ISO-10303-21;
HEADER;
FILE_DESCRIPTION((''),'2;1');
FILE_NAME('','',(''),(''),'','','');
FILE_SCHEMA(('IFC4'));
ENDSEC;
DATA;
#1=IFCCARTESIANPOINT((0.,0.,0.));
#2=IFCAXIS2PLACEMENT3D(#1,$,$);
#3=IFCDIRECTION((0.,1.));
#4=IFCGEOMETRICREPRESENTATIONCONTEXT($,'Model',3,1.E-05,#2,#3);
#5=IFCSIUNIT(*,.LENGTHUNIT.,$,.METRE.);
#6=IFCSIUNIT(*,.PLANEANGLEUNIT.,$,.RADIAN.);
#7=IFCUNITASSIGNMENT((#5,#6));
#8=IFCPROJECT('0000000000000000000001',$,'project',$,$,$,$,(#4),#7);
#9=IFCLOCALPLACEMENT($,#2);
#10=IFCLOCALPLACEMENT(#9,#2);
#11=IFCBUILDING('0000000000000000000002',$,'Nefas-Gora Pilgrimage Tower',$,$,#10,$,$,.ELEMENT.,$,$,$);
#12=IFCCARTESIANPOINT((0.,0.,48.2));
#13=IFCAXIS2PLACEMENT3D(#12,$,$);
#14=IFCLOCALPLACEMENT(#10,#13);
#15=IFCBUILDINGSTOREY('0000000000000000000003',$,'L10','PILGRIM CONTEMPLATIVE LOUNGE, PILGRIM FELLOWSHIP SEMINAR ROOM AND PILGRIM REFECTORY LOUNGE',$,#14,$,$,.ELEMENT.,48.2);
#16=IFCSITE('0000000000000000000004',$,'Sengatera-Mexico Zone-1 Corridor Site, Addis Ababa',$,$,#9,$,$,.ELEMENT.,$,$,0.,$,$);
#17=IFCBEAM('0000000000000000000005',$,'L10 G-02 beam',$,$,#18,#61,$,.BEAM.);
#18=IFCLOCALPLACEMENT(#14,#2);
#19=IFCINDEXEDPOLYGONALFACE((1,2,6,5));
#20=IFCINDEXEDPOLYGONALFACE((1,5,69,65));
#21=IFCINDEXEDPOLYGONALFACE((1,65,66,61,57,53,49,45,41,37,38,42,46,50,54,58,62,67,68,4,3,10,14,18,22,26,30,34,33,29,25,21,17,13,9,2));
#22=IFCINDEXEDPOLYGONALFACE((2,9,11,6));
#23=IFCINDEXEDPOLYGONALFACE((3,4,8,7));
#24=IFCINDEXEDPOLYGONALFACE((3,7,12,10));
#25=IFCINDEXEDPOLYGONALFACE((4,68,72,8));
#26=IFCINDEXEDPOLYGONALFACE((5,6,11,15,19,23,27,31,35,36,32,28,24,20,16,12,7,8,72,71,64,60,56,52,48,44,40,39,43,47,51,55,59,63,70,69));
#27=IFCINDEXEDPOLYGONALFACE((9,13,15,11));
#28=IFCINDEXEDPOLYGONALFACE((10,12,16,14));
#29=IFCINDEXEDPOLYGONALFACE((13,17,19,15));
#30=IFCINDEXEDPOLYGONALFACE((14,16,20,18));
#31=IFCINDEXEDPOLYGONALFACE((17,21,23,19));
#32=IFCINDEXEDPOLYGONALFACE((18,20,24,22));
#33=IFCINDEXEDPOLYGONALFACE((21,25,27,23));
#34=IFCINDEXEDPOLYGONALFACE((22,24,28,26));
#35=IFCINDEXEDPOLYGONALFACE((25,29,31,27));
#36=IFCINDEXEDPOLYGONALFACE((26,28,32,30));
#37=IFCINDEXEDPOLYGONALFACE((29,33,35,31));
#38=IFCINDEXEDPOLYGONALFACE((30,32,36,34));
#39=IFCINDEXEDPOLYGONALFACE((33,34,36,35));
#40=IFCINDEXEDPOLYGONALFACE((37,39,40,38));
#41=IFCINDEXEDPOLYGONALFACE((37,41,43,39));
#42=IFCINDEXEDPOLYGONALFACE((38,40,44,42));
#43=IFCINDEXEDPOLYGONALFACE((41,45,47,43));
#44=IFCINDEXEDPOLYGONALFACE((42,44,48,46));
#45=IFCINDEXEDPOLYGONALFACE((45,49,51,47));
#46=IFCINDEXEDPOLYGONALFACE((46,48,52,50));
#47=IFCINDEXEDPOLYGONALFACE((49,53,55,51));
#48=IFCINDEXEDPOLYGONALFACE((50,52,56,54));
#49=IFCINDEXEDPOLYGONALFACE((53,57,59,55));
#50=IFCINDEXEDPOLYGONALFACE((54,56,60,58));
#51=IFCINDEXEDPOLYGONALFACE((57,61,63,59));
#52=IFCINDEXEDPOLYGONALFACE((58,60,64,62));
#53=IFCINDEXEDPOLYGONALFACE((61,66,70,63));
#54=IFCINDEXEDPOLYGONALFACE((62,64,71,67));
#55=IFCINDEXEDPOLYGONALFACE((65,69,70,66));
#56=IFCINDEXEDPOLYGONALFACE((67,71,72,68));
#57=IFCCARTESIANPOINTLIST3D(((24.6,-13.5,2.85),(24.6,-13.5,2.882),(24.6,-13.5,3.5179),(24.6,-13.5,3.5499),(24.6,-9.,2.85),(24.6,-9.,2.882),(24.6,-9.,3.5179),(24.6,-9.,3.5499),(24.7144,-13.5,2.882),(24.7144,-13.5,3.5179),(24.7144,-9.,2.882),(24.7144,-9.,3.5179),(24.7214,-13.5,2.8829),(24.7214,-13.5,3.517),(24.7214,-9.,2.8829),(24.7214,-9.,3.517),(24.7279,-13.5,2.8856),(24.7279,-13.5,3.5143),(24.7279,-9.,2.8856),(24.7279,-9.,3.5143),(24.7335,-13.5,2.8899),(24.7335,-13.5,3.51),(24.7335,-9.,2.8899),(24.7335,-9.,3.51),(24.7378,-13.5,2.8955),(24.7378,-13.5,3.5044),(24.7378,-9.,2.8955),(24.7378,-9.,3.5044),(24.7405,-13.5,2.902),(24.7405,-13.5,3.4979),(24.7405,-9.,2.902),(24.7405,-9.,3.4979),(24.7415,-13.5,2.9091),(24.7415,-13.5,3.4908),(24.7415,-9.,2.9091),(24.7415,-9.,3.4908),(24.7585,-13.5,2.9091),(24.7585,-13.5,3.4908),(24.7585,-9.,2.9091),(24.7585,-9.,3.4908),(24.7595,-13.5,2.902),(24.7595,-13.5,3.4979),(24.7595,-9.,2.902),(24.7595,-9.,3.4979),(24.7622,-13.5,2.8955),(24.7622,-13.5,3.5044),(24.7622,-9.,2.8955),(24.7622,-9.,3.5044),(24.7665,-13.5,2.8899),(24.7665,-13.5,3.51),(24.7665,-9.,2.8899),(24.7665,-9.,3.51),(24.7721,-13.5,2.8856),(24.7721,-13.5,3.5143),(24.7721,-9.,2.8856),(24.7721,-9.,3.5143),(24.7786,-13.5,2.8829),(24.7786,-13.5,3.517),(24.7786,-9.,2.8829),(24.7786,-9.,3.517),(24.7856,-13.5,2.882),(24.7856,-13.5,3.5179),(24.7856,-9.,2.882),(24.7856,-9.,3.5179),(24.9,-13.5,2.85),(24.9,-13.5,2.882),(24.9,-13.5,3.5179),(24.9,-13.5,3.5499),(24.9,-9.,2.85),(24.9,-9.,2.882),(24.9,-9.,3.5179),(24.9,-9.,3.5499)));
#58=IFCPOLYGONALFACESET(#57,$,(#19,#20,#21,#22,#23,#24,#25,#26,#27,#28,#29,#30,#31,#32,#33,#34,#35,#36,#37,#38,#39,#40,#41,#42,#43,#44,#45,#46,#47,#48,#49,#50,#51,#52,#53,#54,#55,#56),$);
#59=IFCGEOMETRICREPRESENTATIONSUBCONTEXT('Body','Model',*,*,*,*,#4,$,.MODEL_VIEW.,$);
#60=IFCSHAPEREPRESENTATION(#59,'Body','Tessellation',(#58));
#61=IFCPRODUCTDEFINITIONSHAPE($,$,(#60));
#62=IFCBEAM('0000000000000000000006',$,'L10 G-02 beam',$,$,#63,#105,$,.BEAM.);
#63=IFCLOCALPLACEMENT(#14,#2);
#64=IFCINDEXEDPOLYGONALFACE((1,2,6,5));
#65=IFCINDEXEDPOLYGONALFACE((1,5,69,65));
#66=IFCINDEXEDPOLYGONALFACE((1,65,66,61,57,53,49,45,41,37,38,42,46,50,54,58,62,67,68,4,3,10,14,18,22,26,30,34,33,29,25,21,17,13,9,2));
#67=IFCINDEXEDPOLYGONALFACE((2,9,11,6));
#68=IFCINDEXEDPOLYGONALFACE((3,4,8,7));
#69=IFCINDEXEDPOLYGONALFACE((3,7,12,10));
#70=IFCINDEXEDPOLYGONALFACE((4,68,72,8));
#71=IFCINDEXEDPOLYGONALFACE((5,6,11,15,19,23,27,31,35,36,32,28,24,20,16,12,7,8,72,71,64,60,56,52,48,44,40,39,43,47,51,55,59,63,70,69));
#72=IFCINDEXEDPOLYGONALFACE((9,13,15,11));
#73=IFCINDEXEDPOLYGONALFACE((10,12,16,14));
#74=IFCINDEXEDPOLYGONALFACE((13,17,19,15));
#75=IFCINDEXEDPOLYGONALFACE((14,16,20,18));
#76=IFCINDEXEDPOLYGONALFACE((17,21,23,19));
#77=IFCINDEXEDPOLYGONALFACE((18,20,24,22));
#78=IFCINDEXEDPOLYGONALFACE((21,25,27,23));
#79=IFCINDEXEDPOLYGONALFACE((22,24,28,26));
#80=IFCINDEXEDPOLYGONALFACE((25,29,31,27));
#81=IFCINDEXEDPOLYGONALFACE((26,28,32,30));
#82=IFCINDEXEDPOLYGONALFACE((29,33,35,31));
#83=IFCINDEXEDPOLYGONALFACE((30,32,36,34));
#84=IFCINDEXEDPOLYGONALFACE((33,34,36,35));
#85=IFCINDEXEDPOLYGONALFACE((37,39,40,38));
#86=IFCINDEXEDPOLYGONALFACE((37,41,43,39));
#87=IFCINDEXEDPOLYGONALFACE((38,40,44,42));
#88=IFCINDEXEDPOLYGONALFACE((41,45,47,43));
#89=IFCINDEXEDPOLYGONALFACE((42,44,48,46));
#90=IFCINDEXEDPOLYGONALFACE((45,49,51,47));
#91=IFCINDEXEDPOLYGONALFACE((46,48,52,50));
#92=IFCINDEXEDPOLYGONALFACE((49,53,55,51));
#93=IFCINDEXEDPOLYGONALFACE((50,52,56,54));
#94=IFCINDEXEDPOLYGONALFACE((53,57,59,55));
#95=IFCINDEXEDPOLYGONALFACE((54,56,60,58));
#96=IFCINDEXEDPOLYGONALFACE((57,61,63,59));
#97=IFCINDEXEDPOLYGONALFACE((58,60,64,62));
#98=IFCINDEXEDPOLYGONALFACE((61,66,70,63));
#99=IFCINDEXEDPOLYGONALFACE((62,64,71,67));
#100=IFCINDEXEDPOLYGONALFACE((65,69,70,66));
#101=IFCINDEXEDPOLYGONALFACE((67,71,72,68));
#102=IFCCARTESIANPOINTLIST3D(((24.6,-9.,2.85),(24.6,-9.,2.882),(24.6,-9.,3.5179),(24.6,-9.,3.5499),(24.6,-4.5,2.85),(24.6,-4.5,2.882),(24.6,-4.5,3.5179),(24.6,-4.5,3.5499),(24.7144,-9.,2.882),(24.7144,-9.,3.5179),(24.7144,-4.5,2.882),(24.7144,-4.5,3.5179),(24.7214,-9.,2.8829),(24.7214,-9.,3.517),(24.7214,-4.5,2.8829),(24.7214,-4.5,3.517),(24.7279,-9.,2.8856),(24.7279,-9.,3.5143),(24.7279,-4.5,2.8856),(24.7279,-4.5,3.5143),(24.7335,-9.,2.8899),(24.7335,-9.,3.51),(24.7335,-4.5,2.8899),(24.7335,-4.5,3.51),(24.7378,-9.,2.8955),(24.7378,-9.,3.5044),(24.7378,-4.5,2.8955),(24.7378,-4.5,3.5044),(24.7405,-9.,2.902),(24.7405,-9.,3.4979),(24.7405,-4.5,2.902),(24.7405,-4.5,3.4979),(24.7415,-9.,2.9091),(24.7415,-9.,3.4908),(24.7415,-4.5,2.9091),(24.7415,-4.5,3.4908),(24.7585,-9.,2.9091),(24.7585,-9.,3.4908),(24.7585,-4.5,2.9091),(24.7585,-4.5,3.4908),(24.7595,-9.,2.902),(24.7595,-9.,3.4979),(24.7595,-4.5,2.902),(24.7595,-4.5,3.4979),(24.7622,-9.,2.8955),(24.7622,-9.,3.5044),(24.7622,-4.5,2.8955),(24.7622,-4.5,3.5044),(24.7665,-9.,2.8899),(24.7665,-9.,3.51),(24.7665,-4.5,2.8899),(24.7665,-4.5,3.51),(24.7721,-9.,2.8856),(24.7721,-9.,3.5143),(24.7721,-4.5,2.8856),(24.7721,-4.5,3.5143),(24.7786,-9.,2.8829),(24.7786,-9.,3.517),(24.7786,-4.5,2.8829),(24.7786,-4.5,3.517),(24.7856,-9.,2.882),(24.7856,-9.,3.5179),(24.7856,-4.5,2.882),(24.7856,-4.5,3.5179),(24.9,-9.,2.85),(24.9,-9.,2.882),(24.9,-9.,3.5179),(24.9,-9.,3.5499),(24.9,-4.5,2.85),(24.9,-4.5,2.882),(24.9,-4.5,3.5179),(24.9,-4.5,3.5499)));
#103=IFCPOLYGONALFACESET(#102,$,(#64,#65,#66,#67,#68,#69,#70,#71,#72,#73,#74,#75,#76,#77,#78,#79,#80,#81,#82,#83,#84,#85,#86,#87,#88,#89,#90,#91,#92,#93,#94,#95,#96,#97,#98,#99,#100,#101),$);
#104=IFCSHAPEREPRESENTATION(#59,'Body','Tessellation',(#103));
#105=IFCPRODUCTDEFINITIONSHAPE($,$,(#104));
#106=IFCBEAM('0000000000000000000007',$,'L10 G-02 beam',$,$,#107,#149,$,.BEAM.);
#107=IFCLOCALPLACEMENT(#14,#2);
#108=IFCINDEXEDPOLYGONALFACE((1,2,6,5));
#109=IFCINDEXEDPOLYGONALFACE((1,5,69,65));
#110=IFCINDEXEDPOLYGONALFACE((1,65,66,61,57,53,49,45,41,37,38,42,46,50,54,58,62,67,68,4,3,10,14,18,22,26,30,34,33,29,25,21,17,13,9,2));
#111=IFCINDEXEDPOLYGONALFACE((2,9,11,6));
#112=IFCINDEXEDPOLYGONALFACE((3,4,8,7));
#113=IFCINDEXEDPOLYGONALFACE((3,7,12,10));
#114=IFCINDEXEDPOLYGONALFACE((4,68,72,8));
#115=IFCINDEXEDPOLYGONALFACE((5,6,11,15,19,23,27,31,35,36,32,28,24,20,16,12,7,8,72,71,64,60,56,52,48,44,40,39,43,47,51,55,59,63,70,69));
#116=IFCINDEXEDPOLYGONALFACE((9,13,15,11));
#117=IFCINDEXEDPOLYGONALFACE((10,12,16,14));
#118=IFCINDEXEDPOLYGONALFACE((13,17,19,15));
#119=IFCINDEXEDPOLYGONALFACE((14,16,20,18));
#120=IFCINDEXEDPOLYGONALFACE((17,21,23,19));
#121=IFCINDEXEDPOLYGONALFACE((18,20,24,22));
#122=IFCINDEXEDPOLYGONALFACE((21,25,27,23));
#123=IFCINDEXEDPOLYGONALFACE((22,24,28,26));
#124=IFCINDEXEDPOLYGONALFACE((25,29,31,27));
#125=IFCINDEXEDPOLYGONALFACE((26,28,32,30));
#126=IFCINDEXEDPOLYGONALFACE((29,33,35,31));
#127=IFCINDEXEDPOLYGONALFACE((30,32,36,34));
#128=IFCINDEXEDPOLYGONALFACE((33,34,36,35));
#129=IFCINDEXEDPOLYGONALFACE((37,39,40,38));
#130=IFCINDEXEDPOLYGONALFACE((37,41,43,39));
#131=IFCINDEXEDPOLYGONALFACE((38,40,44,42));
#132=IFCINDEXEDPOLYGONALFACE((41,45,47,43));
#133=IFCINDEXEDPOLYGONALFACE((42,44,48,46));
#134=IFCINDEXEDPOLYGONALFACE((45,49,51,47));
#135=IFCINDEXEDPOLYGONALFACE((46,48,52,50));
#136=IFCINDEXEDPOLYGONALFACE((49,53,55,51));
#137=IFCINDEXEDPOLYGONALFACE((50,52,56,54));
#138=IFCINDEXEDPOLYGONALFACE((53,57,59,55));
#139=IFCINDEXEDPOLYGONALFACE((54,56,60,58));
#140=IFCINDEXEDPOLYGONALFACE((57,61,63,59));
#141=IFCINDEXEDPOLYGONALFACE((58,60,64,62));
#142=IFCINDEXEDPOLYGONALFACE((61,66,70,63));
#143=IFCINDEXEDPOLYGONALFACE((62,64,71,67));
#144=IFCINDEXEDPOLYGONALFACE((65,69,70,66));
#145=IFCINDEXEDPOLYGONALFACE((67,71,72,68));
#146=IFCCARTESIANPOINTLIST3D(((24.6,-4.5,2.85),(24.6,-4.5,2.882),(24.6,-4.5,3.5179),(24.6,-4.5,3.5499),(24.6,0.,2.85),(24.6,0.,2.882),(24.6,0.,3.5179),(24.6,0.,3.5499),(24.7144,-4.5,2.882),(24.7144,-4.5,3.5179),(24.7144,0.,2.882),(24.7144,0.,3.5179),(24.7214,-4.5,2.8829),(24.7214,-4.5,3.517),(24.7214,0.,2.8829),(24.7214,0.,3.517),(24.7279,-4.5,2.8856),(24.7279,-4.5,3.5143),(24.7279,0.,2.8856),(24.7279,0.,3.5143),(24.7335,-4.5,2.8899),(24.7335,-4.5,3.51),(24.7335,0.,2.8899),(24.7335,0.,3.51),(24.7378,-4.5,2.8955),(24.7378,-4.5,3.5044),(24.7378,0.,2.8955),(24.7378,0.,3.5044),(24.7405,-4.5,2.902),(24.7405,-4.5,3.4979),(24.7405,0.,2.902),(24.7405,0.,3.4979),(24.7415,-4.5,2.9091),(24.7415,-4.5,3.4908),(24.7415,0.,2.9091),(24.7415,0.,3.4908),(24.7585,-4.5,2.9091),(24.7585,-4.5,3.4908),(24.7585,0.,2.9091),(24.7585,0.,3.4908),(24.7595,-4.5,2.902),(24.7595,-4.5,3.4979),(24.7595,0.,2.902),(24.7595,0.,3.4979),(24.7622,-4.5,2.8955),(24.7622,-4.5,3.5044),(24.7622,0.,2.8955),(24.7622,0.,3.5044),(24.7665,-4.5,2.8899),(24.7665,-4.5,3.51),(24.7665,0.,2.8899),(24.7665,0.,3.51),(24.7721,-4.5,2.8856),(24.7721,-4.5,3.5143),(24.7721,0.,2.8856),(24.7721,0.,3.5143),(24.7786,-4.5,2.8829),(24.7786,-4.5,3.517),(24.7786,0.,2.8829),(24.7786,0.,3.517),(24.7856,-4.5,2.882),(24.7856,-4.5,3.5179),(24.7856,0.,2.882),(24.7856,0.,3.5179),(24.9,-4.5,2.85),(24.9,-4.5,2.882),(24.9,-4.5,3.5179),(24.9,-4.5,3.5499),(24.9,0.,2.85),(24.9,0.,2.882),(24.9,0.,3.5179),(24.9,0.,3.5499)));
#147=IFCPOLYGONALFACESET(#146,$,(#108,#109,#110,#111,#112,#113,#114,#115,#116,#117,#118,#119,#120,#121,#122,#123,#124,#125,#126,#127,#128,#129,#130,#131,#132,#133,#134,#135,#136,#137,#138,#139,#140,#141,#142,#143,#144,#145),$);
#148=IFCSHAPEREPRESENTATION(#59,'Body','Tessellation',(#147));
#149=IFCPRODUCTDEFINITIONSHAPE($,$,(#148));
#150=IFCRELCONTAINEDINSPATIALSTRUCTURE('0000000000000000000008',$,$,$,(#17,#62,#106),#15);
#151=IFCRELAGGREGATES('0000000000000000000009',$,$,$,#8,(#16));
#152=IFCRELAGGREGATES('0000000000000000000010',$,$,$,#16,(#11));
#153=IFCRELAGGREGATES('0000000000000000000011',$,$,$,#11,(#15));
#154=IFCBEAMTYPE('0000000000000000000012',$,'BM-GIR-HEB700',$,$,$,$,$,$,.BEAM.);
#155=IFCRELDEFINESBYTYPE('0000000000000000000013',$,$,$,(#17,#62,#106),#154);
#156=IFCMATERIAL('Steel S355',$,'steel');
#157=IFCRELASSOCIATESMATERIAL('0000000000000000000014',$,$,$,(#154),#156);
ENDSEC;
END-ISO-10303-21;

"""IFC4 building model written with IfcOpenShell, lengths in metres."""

from ifc_helpers import new_model, si_unit, direction, frame, origin, origin_2d, place, context, subcontext, project, spatial, i_section, extrude, source, transform, mapped, material, material_profile, profile_set, type_object, element, save


model = new_model("IFC4")

# Units and contexts
model_context = context("Model", 3, precision=1e-05, world=origin(), true_north=direction((0.0, 1.0)))
body_context = subcontext(model_context, "Body", "Model", "MODEL_VIEW")
ifc_project = project(units=[si_unit("LENGTHUNIT", "METRE"), si_unit("PLANEANGLEUNIT", "RADIAN")], contexts=[model_context])

# Site, building, storey
site_placement = place(None, origin())
site = spatial("IfcSite", under=ifc_project, at=site_placement, Name="Sengatera-Mexico Zone-1 Corridor Site, Addis Ababa", CompositionType="ELEMENT", RefElevation=0.0)
building_placement = place(site_placement, origin())
building = spatial("IfcBuilding", under=site, at=building_placement, Name="Nefas-Gora Pilgrimage Tower", CompositionType="ELEMENT")
storey_placement = place(building_placement, frame((0.0, 0.0, 48.2)))
storey = spatial("IfcBuildingStorey", under=building, at=storey_placement, Name="L10", Description="PILGRIM CONTEMPLATIVE LOUNGE, PILGRIM FELLOWSHIP SEMINAR ROOM AND PILGRIM REFECTORY LOUNGE", CompositionType="ELEMENT", Elevation=48.2)

# Beams
ifc_material_1 = material(Name="Steel S355", Category="steel")
ifc_material_profile_1 = material_profile(ifc_material_1, i_section(OverallWidth=0.3, OverallDepth=0.7, WebThickness=0.0171, FlangeThickness=0.032, FilletRadius=0.0271, at=origin_2d()), Name="HEB 700")
ifc_profile_set_1 = profile_set([ifc_material_profile_1], Name="Steel S355")
beam_type_1 = type_object("IfcBeamType", Name="BM-GIR-HEB700", PredefinedType="BEAM", material=ifc_profile_set_1)
shared_shape_1 = source(origin(), body_context, "Body", "SweptSolid", [
    extrude(i_section(OverallWidth=0.3, OverallDepth=0.7, WebThickness=0.0171, FlangeThickness=0.032, FilletRadius=0.0271, at=origin_2d()), origin(), (0.0, 0.0, 1.0), 4.5),
])
for number, where, z_axis, x_axis, name in (
    (1, (24.75, -13.5, 3.2), (0.0, 1.0, 0.0), (-1.0, 0.0, 0.0), "L10 G-02 beam"),
    (2, (24.75, -9.0, 3.2), (0.0, 1.0, 0.0), (-1.0, 0.0, 0.0), "L10 G-02 beam"),
    (3, (24.75, -4.5, 3.2), (0.0, 1.0, 0.0), (-1.0, 0.0, 0.0), "L10 G-02 beam"),
):
    element("IfcBeam", number, at=place(storey_placement, frame(where, z_axis=z_axis, x_axis=x_axis)), inside=storey, type_object=beam_type_1, Name=name, PredefinedType="BEAM", context=body_context, shape_type="MappedRepresentation", body=[
        mapped(shared_shape_1, transform((0.0, 0.0, 0.0), x_axis=(1.0, 0.0, 0.0), y_axis=(0.0, 1.0, 0.0), z_axis=(0.0, 0.0, 1.0), scale=1.0)),
    ])

save(model, "model.ifc")
